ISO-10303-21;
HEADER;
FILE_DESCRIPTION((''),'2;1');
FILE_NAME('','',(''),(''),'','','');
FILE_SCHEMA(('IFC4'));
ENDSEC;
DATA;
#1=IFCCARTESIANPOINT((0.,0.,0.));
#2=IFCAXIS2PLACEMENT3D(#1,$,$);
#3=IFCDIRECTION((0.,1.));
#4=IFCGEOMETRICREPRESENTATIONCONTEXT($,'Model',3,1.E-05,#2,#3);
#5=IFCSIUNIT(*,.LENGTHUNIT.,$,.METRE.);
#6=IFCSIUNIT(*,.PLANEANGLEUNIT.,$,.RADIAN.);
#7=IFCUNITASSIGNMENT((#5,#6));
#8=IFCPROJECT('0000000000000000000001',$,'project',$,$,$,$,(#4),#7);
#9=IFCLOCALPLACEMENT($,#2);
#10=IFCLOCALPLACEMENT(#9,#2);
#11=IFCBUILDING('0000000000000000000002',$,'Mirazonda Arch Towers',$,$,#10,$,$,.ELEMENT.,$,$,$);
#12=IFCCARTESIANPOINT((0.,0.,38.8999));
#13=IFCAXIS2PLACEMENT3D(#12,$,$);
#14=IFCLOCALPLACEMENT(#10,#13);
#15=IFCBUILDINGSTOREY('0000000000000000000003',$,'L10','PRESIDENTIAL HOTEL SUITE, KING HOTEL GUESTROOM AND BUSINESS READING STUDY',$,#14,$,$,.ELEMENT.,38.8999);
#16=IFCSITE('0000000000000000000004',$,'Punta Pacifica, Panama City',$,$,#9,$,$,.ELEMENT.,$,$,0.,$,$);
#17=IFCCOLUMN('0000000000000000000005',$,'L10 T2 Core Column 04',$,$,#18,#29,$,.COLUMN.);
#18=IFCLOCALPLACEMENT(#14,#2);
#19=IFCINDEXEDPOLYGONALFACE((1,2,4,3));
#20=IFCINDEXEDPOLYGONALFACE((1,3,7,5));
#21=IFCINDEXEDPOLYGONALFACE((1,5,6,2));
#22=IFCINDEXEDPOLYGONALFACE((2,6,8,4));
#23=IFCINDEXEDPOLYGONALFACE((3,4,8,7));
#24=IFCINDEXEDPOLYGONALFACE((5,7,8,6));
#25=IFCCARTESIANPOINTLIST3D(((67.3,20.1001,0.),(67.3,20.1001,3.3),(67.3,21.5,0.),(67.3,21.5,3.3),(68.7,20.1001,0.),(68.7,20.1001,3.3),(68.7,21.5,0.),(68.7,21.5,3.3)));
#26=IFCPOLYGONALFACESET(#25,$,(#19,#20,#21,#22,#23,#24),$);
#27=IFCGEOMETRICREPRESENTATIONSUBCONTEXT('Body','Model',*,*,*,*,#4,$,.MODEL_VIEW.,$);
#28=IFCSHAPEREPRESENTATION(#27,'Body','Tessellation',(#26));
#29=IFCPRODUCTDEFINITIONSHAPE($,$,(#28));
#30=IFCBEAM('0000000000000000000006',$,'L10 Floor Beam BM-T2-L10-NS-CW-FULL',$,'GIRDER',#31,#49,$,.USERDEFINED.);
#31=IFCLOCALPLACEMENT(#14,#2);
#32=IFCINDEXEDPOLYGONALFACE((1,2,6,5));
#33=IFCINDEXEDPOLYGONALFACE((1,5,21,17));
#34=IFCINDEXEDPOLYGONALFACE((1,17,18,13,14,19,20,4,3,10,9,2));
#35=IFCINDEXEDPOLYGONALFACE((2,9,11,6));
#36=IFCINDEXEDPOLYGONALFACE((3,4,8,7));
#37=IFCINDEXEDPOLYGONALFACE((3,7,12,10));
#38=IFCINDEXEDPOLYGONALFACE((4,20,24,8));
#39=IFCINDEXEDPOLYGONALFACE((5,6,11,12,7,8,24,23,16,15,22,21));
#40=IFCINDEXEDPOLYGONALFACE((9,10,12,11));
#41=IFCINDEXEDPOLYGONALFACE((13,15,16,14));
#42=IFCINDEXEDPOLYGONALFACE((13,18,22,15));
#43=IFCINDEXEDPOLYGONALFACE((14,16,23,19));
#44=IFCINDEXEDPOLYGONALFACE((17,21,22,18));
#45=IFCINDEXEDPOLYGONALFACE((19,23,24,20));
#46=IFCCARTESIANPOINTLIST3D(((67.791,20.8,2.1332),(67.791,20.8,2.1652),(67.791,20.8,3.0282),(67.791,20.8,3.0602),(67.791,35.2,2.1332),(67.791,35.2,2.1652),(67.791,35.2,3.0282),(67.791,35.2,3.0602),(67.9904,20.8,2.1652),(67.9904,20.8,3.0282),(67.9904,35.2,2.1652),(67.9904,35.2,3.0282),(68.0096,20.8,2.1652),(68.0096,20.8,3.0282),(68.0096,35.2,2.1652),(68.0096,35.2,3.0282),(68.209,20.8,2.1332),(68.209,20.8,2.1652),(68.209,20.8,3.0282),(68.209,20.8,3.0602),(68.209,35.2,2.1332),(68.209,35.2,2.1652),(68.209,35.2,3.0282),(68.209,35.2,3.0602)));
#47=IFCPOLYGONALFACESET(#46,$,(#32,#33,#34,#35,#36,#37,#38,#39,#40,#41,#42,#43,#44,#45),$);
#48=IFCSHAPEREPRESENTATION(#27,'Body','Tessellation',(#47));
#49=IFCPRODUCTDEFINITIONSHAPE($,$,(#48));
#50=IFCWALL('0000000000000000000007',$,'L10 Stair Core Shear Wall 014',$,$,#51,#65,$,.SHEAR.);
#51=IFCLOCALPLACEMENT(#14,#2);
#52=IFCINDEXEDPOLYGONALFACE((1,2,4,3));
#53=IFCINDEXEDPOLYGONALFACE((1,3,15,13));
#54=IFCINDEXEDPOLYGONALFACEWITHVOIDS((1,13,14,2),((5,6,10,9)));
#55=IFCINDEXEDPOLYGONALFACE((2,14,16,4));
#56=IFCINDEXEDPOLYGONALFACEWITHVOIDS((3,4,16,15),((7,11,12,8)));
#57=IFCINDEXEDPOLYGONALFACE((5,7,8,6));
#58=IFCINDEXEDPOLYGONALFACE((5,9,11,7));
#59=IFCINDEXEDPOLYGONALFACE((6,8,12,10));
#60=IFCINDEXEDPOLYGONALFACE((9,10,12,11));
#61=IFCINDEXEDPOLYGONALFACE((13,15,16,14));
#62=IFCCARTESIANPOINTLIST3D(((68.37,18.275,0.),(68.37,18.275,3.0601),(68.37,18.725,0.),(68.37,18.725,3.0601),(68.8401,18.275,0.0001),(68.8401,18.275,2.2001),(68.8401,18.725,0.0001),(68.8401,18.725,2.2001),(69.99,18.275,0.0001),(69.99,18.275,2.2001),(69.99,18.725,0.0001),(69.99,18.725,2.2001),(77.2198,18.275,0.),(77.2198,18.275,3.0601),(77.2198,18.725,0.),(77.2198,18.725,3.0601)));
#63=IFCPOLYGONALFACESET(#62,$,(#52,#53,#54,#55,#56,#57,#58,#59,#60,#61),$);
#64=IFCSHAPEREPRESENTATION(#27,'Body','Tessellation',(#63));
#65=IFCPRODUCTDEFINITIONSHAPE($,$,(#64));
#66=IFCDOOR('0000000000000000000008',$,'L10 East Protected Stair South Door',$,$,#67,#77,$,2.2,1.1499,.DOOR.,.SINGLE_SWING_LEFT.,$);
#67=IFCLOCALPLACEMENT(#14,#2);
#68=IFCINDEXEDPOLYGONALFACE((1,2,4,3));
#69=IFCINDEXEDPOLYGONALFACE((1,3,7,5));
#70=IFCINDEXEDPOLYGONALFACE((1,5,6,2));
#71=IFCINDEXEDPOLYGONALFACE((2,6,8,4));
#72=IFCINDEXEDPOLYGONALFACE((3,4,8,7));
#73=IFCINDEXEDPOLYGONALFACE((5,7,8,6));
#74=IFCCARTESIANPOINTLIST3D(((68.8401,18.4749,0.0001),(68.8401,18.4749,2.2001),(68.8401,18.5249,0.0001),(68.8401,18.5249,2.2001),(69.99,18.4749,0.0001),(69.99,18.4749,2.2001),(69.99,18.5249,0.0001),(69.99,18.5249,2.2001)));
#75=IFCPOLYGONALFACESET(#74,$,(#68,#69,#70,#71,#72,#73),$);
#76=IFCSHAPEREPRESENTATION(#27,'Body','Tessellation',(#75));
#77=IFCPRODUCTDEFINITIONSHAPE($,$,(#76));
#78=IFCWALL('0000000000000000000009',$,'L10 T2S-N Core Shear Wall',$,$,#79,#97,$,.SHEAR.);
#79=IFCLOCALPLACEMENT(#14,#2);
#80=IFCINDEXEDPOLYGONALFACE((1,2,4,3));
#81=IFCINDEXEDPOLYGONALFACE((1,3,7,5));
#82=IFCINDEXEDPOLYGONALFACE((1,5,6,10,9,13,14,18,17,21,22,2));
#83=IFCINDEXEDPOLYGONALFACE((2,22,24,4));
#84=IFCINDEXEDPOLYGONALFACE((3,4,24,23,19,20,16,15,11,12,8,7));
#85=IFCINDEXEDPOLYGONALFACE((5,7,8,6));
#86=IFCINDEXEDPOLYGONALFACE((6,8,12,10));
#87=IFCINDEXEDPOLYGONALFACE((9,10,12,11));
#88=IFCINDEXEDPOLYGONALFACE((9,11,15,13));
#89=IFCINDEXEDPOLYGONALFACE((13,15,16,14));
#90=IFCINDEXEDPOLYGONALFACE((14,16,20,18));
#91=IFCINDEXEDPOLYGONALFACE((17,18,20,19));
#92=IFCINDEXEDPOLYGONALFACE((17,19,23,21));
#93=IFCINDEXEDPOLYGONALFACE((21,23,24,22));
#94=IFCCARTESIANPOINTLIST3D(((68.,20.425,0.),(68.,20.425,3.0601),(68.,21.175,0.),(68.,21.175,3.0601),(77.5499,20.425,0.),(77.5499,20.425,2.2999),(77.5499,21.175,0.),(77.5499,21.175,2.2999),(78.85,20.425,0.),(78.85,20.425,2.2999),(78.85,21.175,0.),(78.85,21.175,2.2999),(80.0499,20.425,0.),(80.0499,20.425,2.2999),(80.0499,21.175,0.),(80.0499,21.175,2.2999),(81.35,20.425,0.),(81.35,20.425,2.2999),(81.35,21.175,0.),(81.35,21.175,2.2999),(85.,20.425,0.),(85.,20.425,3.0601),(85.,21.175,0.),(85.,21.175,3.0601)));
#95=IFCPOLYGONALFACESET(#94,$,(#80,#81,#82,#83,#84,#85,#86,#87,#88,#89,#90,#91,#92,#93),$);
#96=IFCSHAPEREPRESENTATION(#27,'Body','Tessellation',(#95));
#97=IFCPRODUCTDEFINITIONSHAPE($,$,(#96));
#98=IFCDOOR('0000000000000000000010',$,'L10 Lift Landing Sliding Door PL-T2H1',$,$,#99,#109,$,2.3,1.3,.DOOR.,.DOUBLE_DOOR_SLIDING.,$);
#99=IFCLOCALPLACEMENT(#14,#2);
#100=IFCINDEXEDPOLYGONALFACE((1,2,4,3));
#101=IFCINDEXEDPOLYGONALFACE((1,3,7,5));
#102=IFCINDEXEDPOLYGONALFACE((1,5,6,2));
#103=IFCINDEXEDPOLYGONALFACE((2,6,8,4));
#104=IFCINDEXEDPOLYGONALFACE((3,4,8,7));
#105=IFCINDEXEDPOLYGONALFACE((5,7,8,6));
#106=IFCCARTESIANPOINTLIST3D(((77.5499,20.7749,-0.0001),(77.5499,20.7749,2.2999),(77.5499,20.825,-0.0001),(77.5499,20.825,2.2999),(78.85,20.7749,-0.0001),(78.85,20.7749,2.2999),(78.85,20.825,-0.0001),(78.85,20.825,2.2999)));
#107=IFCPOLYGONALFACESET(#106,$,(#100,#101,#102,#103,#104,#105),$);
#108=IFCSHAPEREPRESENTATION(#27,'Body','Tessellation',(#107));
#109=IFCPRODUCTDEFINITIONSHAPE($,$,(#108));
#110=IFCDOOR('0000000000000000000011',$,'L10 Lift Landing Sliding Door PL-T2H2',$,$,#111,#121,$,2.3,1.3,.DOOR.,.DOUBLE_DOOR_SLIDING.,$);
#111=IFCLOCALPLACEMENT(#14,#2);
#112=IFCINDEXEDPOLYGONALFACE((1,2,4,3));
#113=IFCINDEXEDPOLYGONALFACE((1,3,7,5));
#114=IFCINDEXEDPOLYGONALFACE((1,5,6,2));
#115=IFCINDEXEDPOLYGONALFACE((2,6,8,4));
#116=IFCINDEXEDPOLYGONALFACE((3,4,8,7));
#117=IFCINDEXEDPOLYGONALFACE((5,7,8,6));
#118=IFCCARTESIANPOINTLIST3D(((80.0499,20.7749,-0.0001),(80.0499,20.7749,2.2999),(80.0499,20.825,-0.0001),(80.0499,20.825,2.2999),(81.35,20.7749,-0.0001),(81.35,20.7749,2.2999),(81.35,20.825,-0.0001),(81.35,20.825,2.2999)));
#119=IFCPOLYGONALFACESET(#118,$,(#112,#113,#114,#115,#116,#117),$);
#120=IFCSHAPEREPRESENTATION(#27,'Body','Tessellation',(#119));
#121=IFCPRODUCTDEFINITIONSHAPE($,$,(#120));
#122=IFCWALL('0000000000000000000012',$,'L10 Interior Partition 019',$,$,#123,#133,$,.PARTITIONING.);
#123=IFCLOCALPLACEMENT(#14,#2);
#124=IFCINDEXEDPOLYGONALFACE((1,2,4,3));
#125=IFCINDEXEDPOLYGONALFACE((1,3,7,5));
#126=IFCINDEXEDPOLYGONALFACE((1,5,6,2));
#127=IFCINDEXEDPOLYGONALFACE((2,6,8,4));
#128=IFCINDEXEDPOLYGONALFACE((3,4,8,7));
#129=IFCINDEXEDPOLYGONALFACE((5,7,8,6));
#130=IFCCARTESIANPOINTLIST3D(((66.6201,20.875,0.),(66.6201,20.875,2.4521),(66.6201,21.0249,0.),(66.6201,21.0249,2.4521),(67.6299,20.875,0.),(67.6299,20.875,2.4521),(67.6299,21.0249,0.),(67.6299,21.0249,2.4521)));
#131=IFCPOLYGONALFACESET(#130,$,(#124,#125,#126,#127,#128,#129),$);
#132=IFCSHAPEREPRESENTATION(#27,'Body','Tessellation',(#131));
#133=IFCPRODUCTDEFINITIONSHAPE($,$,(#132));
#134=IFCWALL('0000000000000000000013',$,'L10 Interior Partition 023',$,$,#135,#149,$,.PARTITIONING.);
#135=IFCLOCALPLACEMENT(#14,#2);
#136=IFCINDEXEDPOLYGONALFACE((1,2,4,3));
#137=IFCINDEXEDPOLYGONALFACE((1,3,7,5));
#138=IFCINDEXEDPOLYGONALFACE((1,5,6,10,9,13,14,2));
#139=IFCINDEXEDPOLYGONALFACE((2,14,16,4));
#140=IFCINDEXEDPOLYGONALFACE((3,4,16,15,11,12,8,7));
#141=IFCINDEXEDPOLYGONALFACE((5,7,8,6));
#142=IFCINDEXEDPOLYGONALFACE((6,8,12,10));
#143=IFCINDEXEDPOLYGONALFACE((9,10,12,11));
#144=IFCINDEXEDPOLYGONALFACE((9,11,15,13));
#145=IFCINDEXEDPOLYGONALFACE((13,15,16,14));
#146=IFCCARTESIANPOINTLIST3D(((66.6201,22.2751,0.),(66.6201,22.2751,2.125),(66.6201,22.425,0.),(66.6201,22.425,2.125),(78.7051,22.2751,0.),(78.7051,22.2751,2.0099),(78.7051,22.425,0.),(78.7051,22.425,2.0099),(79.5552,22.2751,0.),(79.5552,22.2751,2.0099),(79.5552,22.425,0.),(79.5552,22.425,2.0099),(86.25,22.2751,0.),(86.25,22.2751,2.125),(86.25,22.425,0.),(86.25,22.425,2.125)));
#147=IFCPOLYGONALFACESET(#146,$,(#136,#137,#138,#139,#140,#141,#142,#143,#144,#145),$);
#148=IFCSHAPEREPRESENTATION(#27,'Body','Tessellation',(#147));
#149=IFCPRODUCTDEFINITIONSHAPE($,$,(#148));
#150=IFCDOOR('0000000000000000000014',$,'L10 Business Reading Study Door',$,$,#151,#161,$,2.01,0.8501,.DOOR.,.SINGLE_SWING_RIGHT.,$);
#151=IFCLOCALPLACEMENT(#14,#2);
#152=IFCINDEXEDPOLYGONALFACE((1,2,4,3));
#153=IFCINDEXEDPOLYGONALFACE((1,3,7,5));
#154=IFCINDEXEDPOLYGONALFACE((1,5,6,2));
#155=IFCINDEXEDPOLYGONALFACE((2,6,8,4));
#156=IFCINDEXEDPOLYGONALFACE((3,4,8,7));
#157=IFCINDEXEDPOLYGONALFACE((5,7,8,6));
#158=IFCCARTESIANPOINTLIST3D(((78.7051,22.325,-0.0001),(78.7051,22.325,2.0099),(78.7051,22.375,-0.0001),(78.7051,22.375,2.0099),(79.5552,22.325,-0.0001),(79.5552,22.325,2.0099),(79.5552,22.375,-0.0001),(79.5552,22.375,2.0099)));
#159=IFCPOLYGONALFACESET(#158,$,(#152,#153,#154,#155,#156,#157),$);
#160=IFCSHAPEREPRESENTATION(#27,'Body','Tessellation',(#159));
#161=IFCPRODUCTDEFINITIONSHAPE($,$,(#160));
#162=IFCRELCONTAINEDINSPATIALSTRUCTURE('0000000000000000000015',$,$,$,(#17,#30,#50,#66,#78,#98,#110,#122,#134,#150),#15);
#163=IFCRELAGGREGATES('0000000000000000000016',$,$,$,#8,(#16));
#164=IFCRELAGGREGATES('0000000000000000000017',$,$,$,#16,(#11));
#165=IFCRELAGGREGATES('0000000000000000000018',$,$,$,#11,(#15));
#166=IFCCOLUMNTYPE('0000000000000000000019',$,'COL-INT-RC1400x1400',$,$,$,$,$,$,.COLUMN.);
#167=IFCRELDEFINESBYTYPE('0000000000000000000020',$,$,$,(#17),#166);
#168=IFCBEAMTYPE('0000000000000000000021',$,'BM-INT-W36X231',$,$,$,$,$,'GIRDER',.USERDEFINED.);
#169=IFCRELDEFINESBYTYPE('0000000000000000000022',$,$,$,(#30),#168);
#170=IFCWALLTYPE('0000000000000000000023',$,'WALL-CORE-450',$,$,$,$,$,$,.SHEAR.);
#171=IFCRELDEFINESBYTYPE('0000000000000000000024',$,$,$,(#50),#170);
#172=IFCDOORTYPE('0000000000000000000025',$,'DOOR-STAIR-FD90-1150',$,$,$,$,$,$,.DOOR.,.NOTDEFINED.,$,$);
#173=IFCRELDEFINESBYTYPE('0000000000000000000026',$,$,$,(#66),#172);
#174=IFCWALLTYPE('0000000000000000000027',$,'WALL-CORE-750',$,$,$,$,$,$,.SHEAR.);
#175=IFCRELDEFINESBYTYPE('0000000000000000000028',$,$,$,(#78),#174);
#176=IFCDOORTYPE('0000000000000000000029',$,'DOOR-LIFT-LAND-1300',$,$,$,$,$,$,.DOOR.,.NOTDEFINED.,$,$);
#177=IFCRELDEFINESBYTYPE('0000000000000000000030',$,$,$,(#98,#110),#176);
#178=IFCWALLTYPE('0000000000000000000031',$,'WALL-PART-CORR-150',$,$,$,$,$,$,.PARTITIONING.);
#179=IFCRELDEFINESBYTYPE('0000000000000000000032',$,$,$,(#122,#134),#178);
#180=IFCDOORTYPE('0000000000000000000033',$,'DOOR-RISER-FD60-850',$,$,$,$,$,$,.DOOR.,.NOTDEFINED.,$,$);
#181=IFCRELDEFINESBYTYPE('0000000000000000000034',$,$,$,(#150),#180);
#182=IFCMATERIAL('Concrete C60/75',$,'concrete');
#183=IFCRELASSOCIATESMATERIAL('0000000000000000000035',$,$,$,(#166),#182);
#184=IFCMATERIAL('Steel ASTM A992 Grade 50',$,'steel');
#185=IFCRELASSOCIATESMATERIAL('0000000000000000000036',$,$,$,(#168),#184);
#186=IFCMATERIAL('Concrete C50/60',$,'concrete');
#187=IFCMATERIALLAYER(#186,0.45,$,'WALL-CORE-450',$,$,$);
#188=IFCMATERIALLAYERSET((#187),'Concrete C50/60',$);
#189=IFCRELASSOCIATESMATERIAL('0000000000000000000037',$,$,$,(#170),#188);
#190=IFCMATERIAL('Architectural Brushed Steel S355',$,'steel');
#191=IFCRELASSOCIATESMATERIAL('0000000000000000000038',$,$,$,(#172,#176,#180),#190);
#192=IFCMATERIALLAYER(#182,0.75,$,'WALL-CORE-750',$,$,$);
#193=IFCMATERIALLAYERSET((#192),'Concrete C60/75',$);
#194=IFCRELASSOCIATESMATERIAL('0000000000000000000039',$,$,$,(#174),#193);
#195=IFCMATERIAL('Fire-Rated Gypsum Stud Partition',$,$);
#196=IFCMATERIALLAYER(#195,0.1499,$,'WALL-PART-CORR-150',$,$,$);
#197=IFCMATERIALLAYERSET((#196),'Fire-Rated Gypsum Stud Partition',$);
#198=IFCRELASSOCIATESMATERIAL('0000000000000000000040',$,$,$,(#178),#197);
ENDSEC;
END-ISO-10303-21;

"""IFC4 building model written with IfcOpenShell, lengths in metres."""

from ifc_helpers import new_model, si_unit, direction, frame, frame_2d, origin, origin_2d, place, context, subcontext, project, spatial, rectangle, i_section, extrude, material, layer, layer_set, material_profile, profile_set, type_object, element, fill, save


model = new_model("IFC4")

# Units and contexts
model_context = context("Model", 3, precision=1e-05, world=origin(), true_north=direction((0.0, 1.0)))
body_context = subcontext(model_context, "Body", "Model", "MODEL_VIEW")
ifc_project = project(units=[si_unit("LENGTHUNIT", "METRE"), si_unit("PLANEANGLEUNIT", "RADIAN")], contexts=[model_context])

# Site, building, storey
site_placement = place(None, origin())
site = spatial("IfcSite", under=ifc_project, at=site_placement, Name="Punta Pacifica, Panama City", CompositionType="ELEMENT", RefElevation=0.0)
building_placement = place(site_placement, origin())
building = spatial("IfcBuilding", under=site, at=building_placement, Name="Mirazonda Arch Towers", CompositionType="ELEMENT")
storey_placement = place(building_placement, frame((0.0, 0.0, 38.8999)))
storey = spatial("IfcBuildingStorey", under=building, at=storey_placement, Name="L10", Description="PRESIDENTIAL HOTEL SUITE, KING HOTEL GUESTROOM AND BUSINESS READING STUDY", CompositionType="ELEMENT", Elevation=38.8999)

# Column
ifc_material_1 = material(Name="Concrete C60/75", Category="concrete")
ifc_material_profile_1 = material_profile(ifc_material_1, rectangle(XDim=1.3999, YDim=1.3999, at=origin_2d()), Name="RC1400x1400")
ifc_profile_set_1 = profile_set([ifc_material_profile_1], Name="Concrete C60/75")
column_type = type_object("IfcColumnType", Name="COL-INT-RC1400x1400", PredefinedType="COLUMN", material=ifc_profile_set_1)
column_placement = place(storey_placement, frame((68.0, 20.8, 0.0), z_axis=(0.0, 0.0, 1.0), x_axis=(1.0, 0.0, 0.0)))
element("IfcColumn", 1, at=column_placement, inside=storey, type_object=column_type, Name="L10 T2 Core Column 04", PredefinedType="COLUMN", context=body_context, shape_type="SweptSolid", body=[
    extrude(rectangle(XDim=1.3999, YDim=1.3999, at=origin_2d()), origin(), (0.0, 0.0, 1.0), 3.3),
])

# Beam
ifc_material_2 = material(Name="Steel ASTM A992 Grade 50", Category="steel")
ifc_material_profile_2 = material_profile(ifc_material_2, i_section(OverallWidth=0.418, OverallDepth=0.927, WebThickness=0.0193, FlangeThickness=0.032, at=origin_2d()), Name="W36X231")
ifc_profile_set_2 = profile_set([ifc_material_profile_2], Name="Steel ASTM A992 Grade 50")
beam_type = type_object("IfcBeamType", Name="BM-INT-W36X231", ElementType="GIRDER", PredefinedType="USERDEFINED", material=ifc_profile_set_2)
beam_placement = place(storey_placement, frame((68.0, 20.8, 2.5967), z_axis=(0.0, 1.0, 0.0), x_axis=(-1.0, 0.0, 0.0)))
element("IfcBeam", 2, at=beam_placement, inside=storey, type_object=beam_type, Name="L10 Floor Beam BM-T2-L10-NS-CW-FULL", ObjectType="GIRDER", PredefinedType="USERDEFINED", context=body_context, shape_type="SweptSolid", body=[
    extrude(i_section(OverallWidth=0.418, OverallDepth=0.927, WebThickness=0.0193, FlangeThickness=0.032, at=origin_2d()), origin(), (0.0, 0.0, 1.0), 14.3999),
])

# Wall, opening, door
ifc_material_3 = material(Name="Concrete C50/60", Category="concrete")
ifc_layer_1 = layer(ifc_material_3, 0.45, Name="WALL-CORE-450")
ifc_layer_set_1 = layer_set([ifc_layer_1], Name="Concrete C50/60")
wall_type_1 = type_object("IfcWallType", Name="WALL-CORE-450", PredefinedType="SHEAR", material=ifc_layer_set_1)
wall_1_placement = place(storey_placement, frame((68.3701, 18.5, 0.0), z_axis=(0.0, 0.0, 1.0), x_axis=(1.0, 0.0, 0.0)))
wall_1 = element("IfcWall", 3, at=wall_1_placement, inside=storey, type_object=wall_type_1, Name="L10 Stair Core Shear Wall 014", PredefinedType="SHEAR", context=body_context, shape_type="SweptSolid", body=[
    extrude(rectangle(XDim=8.8499, YDim=0.45, at=frame_2d((4.4248, 0.0))), origin(), (0.0, 0.0, 1.0), 3.0601),
])
opening_1_placement = place(wall_1_placement, frame((0.47, 0.0, 0.0)))
opening_1 = element("IfcOpeningElement", 4, at=opening_1_placement, cuts=wall_1, PredefinedType="OPENING", context=body_context, shape_type="SweptSolid", body=[
    extrude(rectangle(XDim=1.1499, YDim=2.2, at=frame_2d((0.575, 1.1001))), frame((0.0, 0.2349, 0.0), z_axis=(0.0, -1.0, 0.0), x_axis=(1.0, 0.0, 0.0)), (0.0, 0.0, 1.0), 0.47),
])
ifc_material_4 = material(Name="Architectural Brushed Steel S355", Category="steel")
door_type_1 = type_object("IfcDoorType", Name="DOOR-STAIR-FD90-1150", OperationType="NOTDEFINED", PredefinedType="DOOR", material=ifc_material_4)
door_1_placement = place(opening_1_placement, origin())
door_1 = element("IfcDoor", 5, at=door_1_placement, inside=storey, type_object=door_type_1, Name="L10 East Protected Stair South Door", OperationType="SINGLE_SWING_LEFT", OverallHeight=2.2, OverallWidth=1.1499, PredefinedType="DOOR", context=body_context, shape_type="SweptSolid", body=[
    extrude(rectangle(XDim=1.1499, YDim=2.2, at=frame_2d((0.575, 1.1001))), frame((0.0, 0.0249, 0.0), z_axis=(0.0, -1.0, 0.0), x_axis=(1.0, 0.0, 0.0)), (0.0, 0.0, 1.0), 0.05),
])
fill(opening_1, door_1)

# Wall, openings, doors
ifc_layer_2 = layer(ifc_material_1, 0.75, Name="WALL-CORE-750")
ifc_layer_set_2 = layer_set([ifc_layer_2], Name="Concrete C60/75")
wall_type_2 = type_object("IfcWallType", Name="WALL-CORE-750", PredefinedType="SHEAR", material=ifc_layer_set_2)
wall_2_placement = place(storey_placement, frame((68.0, 20.8, 0.0), z_axis=(0.0, 0.0, 1.0), x_axis=(1.0, 0.0, 0.0)))
wall_2 = element("IfcWall", 6, at=wall_2_placement, inside=storey, type_object=wall_type_2, Name="L10 T2S-N Core Shear Wall", PredefinedType="SHEAR", context=body_context, shape_type="SweptSolid", body=[
    extrude(rectangle(XDim=17.0, YDim=0.75, at=frame_2d((8.5, 0.0))), origin(), (0.0, 0.0, 1.0), 3.0601),
])
opening_2_placement = place(wall_2_placement, frame((9.55, 0.0, 0.0)))
opening_2 = element("IfcOpeningElement", 7, at=opening_2_placement, cuts=wall_2, PredefinedType="OPENING", context=body_context, shape_type="SweptSolid", body=[
    extrude(rectangle(XDim=1.3, YDim=2.3, at=frame_2d((0.6499, 1.1499))), frame((0.0, 0.385, 0.0), z_axis=(0.0, -1.0, 0.0), x_axis=(1.0, 0.0, 0.0)), (0.0, 0.0, 1.0), 0.77),
])
opening_3_placement = place(wall_2_placement, frame((12.05, 0.0, 0.0)))
opening_3 = element("IfcOpeningElement", 8, at=opening_3_placement, cuts=wall_2, PredefinedType="OPENING", context=body_context, shape_type="SweptSolid", body=[
    extrude(rectangle(XDim=1.3, YDim=2.3, at=frame_2d((0.6499, 1.1499))), frame((0.0, 0.385, 0.0), z_axis=(0.0, -1.0, 0.0), x_axis=(1.0, 0.0, 0.0)), (0.0, 0.0, 1.0), 0.77),
])
door_type_2 = type_object("IfcDoorType", Name="DOOR-LIFT-LAND-1300", OperationType="NOTDEFINED", PredefinedType="DOOR", material=ifc_material_4)
door_2_placement = place(opening_2_placement, origin())
door_2 = element("IfcDoor", 9, at=door_2_placement, inside=storey, type_object=door_type_2, Name="L10 Lift Landing Sliding Door PL-T2H1", OperationType="DOUBLE_DOOR_SLIDING", OverallHeight=2.3, OverallWidth=1.3, PredefinedType="DOOR", context=body_context, shape_type="SweptSolid", body=[
    extrude(rectangle(XDim=1.3, YDim=2.3, at=frame_2d((0.6499, 1.1499))), frame((0.0, 0.0249, 0.0), z_axis=(0.0, -1.0, 0.0), x_axis=(1.0, 0.0, 0.0)), (0.0, 0.0, 1.0), 0.05),
])
fill(opening_2, door_2)
door_3_placement = place(opening_3_placement, origin())
door_3 = element("IfcDoor", 10, at=door_3_placement, inside=storey, type_object=door_type_2, Name="L10 Lift Landing Sliding Door PL-T2H2", OperationType="DOUBLE_DOOR_SLIDING", OverallHeight=2.3, OverallWidth=1.3, PredefinedType="DOOR", context=body_context, shape_type="SweptSolid", body=[
    extrude(rectangle(XDim=1.3, YDim=2.3, at=frame_2d((0.6499, 1.1499))), frame((0.0, 0.0249, 0.0), z_axis=(0.0, -1.0, 0.0), x_axis=(1.0, 0.0, 0.0)), (0.0, 0.0, 1.0), 0.05),
])
fill(opening_3, door_3)

# Wall
ifc_material_5 = material(Name="Fire-Rated Gypsum Stud Partition")
ifc_layer_3 = layer(ifc_material_5, 0.1499, Name="WALL-PART-CORR-150")
ifc_layer_set_3 = layer_set([ifc_layer_3], Name="Fire-Rated Gypsum Stud Partition")
wall_type_3 = type_object("IfcWallType", Name="WALL-PART-CORR-150", PredefinedType="PARTITIONING", material=ifc_layer_set_3)
wall_3_placement = place(storey_placement, frame((66.6201, 20.95, 0.0), z_axis=(0.0, 0.0, 1.0), x_axis=(1.0, 0.0, 0.0)))
element("IfcWall", 11, at=wall_3_placement, inside=storey, type_object=wall_type_3, Name="L10 Interior Partition 019", PredefinedType="PARTITIONING", context=body_context, shape_type="SweptSolid", body=[
    extrude(rectangle(XDim=1.0098, YDim=0.1499, at=frame_2d((0.5049, 0.0))), origin(), (0.0, 0.0, 1.0), 2.4521),
])

# Wall, opening, door
wall_4_placement = place(storey_placement, frame((66.6201, 22.3501, 0.0), z_axis=(0.0, 0.0, 1.0), x_axis=(1.0, 0.0, 0.0)))
wall_4 = element("IfcWall", 12, at=wall_4_placement, inside=storey, type_object=wall_type_3, Name="L10 Interior Partition 023", PredefinedType="PARTITIONING", context=body_context, shape_type="SweptSolid", body=[
    extrude(rectangle(XDim=19.6299, YDim=0.1499, at=frame_2d((9.8149, 0.0))), origin(), (0.0, 0.0, 1.0), 2.125),
])
opening_4_placement = place(wall_4_placement, frame((12.085, 0.0, 0.0)))
opening_4 = element("IfcOpeningElement", 13, at=opening_4_placement, cuts=wall_4, PredefinedType="OPENING", context=body_context, shape_type="SweptSolid", body=[
    extrude(rectangle(XDim=0.8501, YDim=2.01, at=frame_2d((0.425, 1.0049))), frame((0.0, 0.085, 0.0), z_axis=(0.0, -1.0, 0.0), x_axis=(1.0, 0.0, 0.0)), (0.0, 0.0, 1.0), 0.1699),
])
door_type_3 = type_object("IfcDoorType", Name="DOOR-RISER-FD60-850", OperationType="NOTDEFINED", PredefinedType="DOOR", material=ifc_material_4)
door_4_placement = place(opening_4_placement, origin())
door_4 = element("IfcDoor", 14, at=door_4_placement, inside=storey, type_object=door_type_3, Name="L10 Business Reading Study Door", OperationType="SINGLE_SWING_RIGHT", OverallHeight=2.01, OverallWidth=0.8501, PredefinedType="DOOR", context=body_context, shape_type="SweptSolid", body=[
    extrude(rectangle(XDim=0.8501, YDim=2.01, at=frame_2d((0.425, 1.0049))), frame((0.0, 0.0249, 0.0), z_axis=(0.0, -1.0, 0.0), x_axis=(1.0, 0.0, 0.0)), (0.0, 0.0, 1.0), 0.05),
])
fill(opening_4, door_4)

save(model, "model.ifc")
